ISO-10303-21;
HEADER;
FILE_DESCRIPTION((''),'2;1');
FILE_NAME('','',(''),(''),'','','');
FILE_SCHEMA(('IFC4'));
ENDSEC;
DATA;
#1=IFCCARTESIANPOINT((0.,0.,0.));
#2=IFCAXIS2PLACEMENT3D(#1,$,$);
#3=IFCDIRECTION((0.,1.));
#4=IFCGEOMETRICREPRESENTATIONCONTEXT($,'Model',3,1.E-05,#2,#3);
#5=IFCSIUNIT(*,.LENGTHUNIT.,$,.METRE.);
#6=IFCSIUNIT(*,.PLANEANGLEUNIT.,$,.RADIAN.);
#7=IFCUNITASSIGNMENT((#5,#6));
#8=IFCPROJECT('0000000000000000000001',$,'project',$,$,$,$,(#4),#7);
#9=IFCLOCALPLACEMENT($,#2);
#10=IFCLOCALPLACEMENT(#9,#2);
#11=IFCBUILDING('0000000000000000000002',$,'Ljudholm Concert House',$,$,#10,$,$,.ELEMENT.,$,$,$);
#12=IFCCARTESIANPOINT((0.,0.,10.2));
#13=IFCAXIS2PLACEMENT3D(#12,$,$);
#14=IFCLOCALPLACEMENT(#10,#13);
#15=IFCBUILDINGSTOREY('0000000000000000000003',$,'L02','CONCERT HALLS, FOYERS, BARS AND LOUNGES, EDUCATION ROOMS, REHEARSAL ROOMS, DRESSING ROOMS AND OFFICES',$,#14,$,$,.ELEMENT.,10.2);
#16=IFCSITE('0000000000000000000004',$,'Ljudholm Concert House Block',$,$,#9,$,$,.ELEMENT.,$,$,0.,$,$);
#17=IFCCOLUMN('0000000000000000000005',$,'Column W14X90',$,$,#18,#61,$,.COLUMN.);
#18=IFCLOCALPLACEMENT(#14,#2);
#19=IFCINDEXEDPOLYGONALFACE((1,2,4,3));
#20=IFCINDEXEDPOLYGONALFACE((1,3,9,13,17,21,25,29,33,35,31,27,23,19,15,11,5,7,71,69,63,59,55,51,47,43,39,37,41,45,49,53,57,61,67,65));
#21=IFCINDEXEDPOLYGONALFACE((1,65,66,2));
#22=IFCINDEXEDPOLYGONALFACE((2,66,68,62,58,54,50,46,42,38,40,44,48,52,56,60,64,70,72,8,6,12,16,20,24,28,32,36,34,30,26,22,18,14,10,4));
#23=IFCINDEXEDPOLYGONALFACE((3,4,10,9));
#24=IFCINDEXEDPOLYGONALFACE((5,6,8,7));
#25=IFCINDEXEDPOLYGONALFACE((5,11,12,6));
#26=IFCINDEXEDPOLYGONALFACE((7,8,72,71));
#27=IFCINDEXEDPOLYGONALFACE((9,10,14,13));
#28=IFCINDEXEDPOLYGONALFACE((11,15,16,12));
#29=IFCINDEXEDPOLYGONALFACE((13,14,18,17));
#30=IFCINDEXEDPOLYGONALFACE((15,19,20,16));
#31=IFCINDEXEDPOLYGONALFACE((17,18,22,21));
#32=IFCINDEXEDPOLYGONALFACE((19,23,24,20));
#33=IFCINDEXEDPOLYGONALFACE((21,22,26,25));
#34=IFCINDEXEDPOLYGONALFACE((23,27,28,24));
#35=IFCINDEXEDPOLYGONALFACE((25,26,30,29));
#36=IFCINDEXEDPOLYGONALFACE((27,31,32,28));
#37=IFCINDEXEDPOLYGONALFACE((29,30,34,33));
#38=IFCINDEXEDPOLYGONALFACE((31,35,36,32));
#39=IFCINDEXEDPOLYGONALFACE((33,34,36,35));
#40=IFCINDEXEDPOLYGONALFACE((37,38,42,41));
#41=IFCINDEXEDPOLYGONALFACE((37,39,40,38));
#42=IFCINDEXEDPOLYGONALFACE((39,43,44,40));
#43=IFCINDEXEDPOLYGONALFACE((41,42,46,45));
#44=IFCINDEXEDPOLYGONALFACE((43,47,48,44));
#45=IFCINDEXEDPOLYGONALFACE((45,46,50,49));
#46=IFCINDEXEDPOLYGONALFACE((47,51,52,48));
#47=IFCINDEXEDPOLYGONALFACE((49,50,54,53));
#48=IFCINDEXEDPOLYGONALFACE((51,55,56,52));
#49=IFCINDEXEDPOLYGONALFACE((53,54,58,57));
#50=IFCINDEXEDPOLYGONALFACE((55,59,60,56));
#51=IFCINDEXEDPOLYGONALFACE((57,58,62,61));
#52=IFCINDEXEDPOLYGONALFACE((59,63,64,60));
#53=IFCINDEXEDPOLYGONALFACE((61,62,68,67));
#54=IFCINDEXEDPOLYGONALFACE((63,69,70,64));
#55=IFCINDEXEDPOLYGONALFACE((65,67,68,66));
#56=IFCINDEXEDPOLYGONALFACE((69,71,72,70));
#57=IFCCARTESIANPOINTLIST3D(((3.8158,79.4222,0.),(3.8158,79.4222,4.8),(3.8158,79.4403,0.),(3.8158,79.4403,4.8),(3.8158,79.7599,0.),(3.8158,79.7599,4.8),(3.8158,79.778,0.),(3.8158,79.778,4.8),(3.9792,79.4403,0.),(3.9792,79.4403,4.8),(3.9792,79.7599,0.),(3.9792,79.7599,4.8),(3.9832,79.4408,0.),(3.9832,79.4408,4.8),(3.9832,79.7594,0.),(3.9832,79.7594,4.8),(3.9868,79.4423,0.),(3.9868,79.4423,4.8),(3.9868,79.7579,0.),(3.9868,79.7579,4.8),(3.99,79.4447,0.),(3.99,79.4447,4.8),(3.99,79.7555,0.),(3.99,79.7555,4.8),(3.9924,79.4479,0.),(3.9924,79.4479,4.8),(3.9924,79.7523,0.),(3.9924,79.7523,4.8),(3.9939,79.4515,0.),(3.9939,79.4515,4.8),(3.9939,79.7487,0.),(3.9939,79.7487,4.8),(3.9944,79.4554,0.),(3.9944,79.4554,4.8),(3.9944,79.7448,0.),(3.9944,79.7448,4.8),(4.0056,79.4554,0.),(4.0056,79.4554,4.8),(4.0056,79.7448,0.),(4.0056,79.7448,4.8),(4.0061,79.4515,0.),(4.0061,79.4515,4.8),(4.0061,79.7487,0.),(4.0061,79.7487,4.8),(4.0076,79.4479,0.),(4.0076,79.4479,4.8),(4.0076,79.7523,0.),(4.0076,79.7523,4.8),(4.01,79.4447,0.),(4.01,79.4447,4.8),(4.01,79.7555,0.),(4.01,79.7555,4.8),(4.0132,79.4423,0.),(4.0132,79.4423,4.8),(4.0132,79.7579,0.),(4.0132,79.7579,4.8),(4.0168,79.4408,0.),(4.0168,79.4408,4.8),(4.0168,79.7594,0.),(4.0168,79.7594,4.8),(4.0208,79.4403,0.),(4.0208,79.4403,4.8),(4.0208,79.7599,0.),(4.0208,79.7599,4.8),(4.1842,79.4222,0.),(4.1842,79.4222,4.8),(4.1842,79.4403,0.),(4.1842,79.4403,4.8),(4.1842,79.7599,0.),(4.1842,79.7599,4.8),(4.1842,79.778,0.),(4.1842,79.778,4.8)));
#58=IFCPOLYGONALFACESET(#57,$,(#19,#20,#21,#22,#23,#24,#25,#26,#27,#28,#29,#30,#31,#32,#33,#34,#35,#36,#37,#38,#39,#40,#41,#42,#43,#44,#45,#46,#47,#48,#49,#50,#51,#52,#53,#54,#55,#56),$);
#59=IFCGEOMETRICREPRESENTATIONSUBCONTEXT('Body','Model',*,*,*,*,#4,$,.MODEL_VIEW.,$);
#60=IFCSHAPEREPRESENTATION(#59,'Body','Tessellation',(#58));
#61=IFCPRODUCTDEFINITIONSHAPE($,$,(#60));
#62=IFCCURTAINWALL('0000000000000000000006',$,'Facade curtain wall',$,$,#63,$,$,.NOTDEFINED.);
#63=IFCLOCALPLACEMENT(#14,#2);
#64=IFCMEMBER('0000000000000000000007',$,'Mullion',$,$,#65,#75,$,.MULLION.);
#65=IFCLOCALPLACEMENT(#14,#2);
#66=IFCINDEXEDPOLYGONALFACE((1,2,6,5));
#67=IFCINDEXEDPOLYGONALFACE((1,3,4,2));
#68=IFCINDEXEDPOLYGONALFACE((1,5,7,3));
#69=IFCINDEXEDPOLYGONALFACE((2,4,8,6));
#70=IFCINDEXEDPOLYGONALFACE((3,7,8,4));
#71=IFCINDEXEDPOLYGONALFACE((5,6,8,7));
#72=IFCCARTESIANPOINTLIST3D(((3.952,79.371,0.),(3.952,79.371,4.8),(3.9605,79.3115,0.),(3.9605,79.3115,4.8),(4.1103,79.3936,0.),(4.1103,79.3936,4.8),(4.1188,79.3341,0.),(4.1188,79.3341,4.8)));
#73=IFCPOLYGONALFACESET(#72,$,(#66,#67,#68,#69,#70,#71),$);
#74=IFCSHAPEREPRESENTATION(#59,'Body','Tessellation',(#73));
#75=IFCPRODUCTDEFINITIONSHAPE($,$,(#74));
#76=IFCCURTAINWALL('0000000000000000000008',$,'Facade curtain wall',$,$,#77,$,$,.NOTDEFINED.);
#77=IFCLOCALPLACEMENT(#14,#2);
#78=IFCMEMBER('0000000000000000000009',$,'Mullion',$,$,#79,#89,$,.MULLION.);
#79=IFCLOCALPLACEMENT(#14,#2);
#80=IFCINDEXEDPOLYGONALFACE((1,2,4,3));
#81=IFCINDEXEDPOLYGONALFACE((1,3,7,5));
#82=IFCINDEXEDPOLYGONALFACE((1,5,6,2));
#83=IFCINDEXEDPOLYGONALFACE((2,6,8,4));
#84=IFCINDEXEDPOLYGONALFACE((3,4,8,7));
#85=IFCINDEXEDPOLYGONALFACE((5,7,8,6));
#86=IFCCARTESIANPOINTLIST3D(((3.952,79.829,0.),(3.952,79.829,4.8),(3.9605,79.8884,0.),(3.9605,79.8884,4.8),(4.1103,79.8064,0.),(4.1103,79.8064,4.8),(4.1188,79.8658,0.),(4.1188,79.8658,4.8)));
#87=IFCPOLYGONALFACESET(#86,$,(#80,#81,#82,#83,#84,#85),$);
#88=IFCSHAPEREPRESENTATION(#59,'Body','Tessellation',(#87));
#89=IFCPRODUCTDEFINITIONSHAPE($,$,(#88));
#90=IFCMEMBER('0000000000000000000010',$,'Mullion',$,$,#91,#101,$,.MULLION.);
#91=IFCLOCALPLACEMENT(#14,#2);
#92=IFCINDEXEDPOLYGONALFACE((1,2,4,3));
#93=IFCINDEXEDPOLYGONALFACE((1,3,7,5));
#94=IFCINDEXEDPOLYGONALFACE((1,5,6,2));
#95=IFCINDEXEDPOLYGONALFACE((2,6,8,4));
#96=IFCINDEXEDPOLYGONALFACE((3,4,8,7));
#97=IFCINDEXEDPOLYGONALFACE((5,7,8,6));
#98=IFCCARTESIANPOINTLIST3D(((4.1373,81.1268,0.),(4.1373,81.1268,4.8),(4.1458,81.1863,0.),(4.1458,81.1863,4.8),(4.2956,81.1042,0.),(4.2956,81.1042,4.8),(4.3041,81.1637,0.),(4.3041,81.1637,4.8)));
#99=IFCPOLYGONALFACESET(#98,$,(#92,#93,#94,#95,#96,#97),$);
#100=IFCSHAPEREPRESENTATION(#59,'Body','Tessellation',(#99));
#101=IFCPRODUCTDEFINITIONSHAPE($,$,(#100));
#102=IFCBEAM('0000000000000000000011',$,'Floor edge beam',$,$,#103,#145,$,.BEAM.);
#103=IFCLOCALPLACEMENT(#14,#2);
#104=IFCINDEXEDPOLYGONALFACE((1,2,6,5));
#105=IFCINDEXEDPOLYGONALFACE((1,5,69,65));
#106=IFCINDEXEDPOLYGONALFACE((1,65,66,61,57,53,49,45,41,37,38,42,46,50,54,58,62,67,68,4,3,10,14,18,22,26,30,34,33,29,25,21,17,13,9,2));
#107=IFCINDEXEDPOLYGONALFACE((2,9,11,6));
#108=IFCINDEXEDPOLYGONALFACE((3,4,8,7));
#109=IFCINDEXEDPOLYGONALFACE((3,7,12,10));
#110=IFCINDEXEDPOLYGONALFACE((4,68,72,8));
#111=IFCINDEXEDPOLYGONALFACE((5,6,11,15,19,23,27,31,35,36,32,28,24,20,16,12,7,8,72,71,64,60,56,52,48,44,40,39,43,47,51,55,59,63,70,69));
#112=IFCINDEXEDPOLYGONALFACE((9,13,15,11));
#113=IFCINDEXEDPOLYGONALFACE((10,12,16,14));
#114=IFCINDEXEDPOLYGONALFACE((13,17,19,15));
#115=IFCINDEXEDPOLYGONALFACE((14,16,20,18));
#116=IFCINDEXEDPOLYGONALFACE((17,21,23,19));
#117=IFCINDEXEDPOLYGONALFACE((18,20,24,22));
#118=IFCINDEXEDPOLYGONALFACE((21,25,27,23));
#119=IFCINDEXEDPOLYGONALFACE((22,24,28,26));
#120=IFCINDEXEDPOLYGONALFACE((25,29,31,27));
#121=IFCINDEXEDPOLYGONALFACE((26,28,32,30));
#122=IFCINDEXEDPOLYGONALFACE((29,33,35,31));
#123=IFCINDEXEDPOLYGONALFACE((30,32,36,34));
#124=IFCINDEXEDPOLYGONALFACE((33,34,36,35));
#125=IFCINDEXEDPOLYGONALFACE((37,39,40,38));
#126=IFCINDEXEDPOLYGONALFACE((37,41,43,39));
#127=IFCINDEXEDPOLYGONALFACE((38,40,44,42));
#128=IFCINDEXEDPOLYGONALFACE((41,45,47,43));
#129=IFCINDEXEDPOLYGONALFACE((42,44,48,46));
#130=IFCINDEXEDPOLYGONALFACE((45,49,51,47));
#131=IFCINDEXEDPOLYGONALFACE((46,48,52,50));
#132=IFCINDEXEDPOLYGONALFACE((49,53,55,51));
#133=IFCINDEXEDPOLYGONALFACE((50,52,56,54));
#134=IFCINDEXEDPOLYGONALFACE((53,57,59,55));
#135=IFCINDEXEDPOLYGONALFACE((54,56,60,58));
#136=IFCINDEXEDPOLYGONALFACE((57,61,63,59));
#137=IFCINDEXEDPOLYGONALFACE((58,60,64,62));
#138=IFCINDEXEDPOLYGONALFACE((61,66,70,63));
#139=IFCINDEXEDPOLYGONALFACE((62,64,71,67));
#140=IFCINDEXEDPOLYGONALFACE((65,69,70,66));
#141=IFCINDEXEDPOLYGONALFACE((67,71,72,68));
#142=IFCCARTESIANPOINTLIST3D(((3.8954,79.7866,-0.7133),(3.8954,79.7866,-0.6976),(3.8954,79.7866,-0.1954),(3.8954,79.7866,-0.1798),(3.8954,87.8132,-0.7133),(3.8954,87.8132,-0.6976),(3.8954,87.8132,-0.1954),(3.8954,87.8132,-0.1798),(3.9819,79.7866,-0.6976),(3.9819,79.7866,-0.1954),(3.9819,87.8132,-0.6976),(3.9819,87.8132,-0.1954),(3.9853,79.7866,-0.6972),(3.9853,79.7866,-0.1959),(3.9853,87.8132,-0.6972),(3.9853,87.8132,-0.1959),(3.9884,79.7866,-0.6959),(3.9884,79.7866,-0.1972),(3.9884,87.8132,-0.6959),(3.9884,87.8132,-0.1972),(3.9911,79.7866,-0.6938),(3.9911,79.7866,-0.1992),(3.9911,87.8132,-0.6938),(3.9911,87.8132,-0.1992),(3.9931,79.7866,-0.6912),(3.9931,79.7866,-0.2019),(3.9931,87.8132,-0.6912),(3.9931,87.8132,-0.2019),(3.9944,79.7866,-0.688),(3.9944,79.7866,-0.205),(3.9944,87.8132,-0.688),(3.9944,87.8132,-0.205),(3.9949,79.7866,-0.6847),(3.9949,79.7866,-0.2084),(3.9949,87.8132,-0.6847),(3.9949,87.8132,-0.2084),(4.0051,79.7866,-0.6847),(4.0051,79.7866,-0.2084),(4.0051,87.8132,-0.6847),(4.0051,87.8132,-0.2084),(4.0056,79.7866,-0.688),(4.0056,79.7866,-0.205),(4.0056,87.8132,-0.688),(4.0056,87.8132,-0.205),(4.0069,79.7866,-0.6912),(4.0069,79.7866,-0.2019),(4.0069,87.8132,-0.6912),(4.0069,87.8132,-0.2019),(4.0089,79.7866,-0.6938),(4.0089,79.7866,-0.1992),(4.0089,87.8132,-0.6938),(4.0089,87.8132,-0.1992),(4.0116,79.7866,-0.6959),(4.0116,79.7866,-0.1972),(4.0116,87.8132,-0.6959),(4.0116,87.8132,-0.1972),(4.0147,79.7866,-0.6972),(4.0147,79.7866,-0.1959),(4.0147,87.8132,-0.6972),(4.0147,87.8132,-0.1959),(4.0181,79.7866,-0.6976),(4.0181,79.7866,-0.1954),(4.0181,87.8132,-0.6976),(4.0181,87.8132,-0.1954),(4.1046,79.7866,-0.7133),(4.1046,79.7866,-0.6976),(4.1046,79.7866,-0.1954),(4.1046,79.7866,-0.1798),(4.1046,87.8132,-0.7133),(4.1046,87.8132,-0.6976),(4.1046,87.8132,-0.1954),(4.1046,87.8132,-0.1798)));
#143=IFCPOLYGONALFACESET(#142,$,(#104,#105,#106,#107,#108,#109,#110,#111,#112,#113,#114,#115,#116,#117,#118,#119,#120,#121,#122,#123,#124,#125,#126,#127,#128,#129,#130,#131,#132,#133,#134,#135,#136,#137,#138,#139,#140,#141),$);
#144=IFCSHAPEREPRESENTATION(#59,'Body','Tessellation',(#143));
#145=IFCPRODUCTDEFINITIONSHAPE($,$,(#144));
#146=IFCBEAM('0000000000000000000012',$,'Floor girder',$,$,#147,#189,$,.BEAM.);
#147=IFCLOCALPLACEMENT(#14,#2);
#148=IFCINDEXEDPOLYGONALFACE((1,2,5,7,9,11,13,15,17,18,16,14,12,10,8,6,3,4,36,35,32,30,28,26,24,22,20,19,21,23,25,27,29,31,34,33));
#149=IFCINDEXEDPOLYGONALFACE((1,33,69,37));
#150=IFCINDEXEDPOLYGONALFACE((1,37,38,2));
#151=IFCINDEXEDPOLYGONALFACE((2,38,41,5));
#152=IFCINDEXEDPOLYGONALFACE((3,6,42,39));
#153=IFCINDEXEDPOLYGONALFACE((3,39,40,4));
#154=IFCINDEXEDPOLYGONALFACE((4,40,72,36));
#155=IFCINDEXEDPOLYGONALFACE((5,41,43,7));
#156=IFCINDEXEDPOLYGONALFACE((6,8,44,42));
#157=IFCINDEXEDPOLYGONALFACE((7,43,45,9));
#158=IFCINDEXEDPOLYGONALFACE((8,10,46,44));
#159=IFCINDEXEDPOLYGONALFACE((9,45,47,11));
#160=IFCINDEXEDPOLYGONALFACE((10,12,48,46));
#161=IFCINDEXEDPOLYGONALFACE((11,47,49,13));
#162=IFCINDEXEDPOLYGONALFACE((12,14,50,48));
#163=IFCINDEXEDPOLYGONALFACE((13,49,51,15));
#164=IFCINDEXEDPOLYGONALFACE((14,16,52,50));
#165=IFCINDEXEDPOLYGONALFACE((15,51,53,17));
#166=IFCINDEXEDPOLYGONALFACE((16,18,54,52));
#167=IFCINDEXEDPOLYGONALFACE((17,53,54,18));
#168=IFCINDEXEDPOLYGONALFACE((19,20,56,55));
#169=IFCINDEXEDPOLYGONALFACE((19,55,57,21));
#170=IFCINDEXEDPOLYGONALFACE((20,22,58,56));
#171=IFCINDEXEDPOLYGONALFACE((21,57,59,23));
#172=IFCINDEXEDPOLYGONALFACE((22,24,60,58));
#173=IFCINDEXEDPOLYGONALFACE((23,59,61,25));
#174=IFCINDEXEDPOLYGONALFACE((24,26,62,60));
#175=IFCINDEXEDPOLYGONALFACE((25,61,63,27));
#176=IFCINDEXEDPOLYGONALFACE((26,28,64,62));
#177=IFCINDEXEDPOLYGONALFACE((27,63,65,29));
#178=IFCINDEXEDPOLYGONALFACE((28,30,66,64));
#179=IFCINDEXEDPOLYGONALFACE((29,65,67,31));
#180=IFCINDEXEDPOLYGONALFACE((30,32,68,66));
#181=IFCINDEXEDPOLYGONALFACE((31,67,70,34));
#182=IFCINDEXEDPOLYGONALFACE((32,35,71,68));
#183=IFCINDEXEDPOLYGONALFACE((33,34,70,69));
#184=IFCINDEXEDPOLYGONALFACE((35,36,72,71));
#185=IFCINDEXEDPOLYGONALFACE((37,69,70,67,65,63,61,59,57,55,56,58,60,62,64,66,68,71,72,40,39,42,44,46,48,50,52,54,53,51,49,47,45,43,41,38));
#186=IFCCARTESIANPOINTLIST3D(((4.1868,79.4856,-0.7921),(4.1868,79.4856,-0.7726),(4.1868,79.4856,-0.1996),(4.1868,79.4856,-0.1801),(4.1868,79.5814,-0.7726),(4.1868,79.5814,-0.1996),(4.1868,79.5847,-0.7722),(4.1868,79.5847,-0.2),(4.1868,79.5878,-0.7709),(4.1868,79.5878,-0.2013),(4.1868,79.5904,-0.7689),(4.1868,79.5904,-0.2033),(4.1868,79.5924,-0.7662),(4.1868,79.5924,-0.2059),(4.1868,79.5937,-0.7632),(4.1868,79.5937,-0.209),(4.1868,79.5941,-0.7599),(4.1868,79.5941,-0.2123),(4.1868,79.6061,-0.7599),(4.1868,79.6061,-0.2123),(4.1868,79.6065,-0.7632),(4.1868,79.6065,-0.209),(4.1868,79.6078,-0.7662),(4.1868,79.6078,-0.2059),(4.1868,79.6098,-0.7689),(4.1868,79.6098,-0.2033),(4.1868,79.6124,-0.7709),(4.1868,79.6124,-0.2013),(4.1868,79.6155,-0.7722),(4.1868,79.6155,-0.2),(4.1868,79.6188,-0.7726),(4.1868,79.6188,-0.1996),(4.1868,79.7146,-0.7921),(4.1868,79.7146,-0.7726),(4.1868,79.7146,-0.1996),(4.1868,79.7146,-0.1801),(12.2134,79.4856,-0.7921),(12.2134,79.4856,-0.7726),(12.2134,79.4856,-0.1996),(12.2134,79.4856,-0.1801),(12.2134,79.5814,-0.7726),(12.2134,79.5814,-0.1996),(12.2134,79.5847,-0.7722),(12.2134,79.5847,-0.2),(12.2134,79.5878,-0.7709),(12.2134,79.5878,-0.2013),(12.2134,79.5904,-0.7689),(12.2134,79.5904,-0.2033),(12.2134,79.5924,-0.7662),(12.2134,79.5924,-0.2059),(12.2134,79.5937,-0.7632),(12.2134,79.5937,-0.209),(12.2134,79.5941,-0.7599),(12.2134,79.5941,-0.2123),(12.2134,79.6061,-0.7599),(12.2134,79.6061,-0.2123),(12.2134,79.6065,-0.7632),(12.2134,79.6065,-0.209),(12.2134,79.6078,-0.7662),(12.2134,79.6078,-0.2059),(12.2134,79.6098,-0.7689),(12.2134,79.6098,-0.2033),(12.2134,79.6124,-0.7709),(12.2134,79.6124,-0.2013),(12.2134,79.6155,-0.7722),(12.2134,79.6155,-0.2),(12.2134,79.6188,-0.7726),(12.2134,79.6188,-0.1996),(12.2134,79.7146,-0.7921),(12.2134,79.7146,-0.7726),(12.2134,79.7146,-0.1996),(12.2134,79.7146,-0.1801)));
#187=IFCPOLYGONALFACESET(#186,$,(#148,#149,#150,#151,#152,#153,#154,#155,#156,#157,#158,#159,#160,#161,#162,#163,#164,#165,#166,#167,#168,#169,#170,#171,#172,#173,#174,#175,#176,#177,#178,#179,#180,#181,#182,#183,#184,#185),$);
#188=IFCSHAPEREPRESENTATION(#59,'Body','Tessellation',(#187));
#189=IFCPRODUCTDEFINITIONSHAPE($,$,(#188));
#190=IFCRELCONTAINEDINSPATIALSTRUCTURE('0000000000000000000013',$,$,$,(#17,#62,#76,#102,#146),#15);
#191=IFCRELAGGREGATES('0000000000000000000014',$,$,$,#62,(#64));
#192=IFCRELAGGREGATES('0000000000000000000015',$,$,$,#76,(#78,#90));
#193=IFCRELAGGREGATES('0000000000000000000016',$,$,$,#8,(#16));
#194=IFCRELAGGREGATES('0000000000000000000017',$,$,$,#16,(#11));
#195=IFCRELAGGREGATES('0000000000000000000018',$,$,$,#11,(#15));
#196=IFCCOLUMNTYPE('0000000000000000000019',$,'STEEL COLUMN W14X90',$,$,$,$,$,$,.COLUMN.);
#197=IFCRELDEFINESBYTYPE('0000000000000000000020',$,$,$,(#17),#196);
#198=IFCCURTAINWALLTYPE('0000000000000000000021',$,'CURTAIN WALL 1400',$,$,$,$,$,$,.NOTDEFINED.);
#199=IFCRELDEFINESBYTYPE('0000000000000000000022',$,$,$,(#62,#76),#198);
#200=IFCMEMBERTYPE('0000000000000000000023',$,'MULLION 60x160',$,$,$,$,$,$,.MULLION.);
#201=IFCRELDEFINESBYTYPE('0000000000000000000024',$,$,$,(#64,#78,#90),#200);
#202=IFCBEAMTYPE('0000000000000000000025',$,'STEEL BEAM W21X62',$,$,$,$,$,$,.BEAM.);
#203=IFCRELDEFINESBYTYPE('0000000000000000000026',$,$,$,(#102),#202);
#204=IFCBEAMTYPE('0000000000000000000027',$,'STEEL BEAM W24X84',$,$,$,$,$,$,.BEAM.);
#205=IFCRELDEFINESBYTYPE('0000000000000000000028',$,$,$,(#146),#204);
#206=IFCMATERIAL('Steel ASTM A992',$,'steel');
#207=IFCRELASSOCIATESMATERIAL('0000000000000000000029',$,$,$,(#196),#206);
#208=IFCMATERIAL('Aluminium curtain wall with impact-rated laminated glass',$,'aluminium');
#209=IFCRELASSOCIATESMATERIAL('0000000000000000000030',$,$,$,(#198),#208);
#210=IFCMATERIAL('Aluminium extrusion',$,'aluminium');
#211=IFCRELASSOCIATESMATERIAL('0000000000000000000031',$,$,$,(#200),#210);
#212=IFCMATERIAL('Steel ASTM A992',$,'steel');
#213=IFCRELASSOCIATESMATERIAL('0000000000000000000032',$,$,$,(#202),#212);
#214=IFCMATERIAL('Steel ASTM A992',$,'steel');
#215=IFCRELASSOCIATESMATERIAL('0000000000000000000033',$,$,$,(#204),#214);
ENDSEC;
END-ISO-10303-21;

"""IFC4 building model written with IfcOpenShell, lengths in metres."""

from ifc_helpers import new_model, si_unit, direction, frame, origin, origin_2d, place, context, subcontext, project, spatial, rectangle, i_section, extrude, material, material_profile, profile_set, type_object, element, aggregate, save


model = new_model("IFC4")

# Units and contexts
model_context = context("Model", 3, precision=1e-05, world=origin(), true_north=direction((0.0, 1.0)))
body_context = subcontext(model_context, "Body", "Model", "MODEL_VIEW")
ifc_project = project(units=[si_unit("LENGTHUNIT", "METRE"), si_unit("PLANEANGLEUNIT", "RADIAN")], contexts=[model_context])

# Site, building, storey
site_placement = place(None, origin())
site = spatial("IfcSite", under=ifc_project, at=site_placement, Name="Ljudholm Concert House Block", CompositionType="ELEMENT", RefElevation=0.0)
building_placement = place(site_placement, origin())
building = spatial("IfcBuilding", under=site, at=building_placement, Name="Ljudholm Concert House", CompositionType="ELEMENT")
storey_placement = place(building_placement, frame((0.0, 0.0, 10.2)))
storey = spatial("IfcBuildingStorey", under=building, at=storey_placement, Name="L02", Description="CONCERT HALLS, FOYERS, BARS AND LOUNGES, EDUCATION ROOMS, REHEARSAL ROOMS, DRESSING ROOMS AND OFFICES", CompositionType="ELEMENT", Elevation=10.2)

# Column
ifc_material_1 = material(Name="Steel ASTM A992", Category="steel")
ifc_material_profile_1 = material_profile(ifc_material_1, i_section(OverallWidth=0.3684, OverallDepth=0.3557, WebThickness=0.0112, FlangeThickness=0.0181, FilletRadius=0.0151, at=origin_2d()), Name="W14X90")
ifc_profile_set_1 = profile_set([ifc_material_profile_1], Name="Steel ASTM A992")
column_type = type_object("IfcColumnType", Name="STEEL COLUMN W14X90", PredefinedType="COLUMN", material=ifc_profile_set_1)
column_placement = place(storey_placement, frame((4.0, 79.6001, 0.0), z_axis=(0.0, 0.0, 1.0), x_axis=(1.0, 0.0, 0.0)))
element("IfcColumn", 1, at=column_placement, inside=storey, type_object=column_type, Name="Column W14X90", PredefinedType="COLUMN", context=body_context, shape_type="SweptSolid", body=[
    extrude(i_section(OverallWidth=0.3684, OverallDepth=0.3557, WebThickness=0.0112, FlangeThickness=0.0181, FilletRadius=0.0151, at=origin_2d()), origin(), (0.0, 0.0, 1.0), 4.8),
])

# Curtain wall, member
ifc_material_2 = material(Name="Aluminium curtain wall with impact-rated laminated glass", Category="aluminium")
curtain_wall_type = type_object("IfcCurtainWallType", Name="CURTAIN WALL 1400", PredefinedType="NOTDEFINED", material=ifc_material_2)
curtain_wall_1_placement = place(storey_placement, origin())
curtain_wall_1 = element("IfcCurtainWall", 2, at=curtain_wall_1_placement, inside=storey, type_object=curtain_wall_type, Name="Facade curtain wall", PredefinedType="NOTDEFINED")
ifc_material_3 = material(Name="Aluminium extrusion", Category="aluminium")
ifc_material_profile_2 = material_profile(ifc_material_3, rectangle(XDim=0.1599, YDim=0.0601, at=origin_2d()), Name="MULLION 60x160")
ifc_profile_set_2 = profile_set([ifc_material_profile_2], Name="Aluminium extrusion")
member_type_1 = type_object("IfcMemberType", Name="MULLION 60x160", PredefinedType="MULLION", material=ifc_profile_set_2)
member_1_placement = place(storey_placement, frame((4.0354, 79.3525, 0.0), z_axis=(0.0, 0.0, 1.0), x_axis=(-0.989949, -0.141421, 0.0)))
member_1 = element("IfcMember", 3, at=member_1_placement, type_object=member_type_1, Name="Mullion", PredefinedType="MULLION", context=body_context, shape_type="SweptSolid", body=[
    extrude(rectangle(XDim=0.1599, YDim=0.0601, at=origin_2d()), origin(), (0.0, 0.0, 1.0), 4.8),
])

# Curtain wall, members
curtain_wall_2_placement = place(storey_placement, origin())
curtain_wall_2 = element("IfcCurtainWall", 4, at=curtain_wall_2_placement, inside=storey, type_object=curtain_wall_type, Name="Facade curtain wall", PredefinedType="NOTDEFINED")
member_2_placement = place(storey_placement, frame((4.0354, 79.8474, 0.0), z_axis=(0.0, 0.0, 1.0), x_axis=(-0.989949, 0.141421, 0.0)))
member_2 = element("IfcMember", 5, at=member_2_placement, type_object=member_type_1, Name="Mullion", PredefinedType="MULLION", context=body_context, shape_type="SweptSolid", body=[
    extrude(rectangle(XDim=0.1599, YDim=0.0601, at=origin_2d()), origin(), (0.0, 0.0, 1.0), 4.8),
])
member_3_placement = place(storey_placement, frame((4.2207, 81.1453, 0.0), z_axis=(0.0, 0.0, 1.0), x_axis=(-0.989949, 0.141421, 0.0)))
member_3 = element("IfcMember", 6, at=member_3_placement, type_object=member_type_1, Name="Mullion", PredefinedType="MULLION", context=body_context, shape_type="SweptSolid", body=[
    extrude(rectangle(XDim=0.1599, YDim=0.0601, at=origin_2d()), origin(), (0.0, 0.0, 1.0), 4.8),
])

# Beams
ifc_material_4 = material(Name="Steel ASTM A992", Category="steel")
ifc_material_profile_3 = material_profile(ifc_material_4, i_section(OverallWidth=0.2092, OverallDepth=0.5334, WebThickness=0.0103, FlangeThickness=0.0156, FilletRadius=0.0129, at=origin_2d()), Name="W21X62")
ifc_profile_set_3 = profile_set([ifc_material_profile_3], Name="Steel ASTM A992")
beam_type_1 = type_object("IfcBeamType", Name="STEEL BEAM W21X62", PredefinedType="BEAM", material=ifc_profile_set_3)
beam_1_placement = place(storey_placement, frame((4.0, 79.7866, -0.4465), z_axis=(0.0, 1.0, 0.0), x_axis=(-1.0, 0.0, 0.0)))
element("IfcBeam", 7, at=beam_1_placement, inside=storey, type_object=beam_type_1, Name="Floor edge beam", PredefinedType="BEAM", context=body_context, shape_type="SweptSolid", body=[
    extrude(i_section(OverallWidth=0.2092, OverallDepth=0.5334, WebThickness=0.0103, FlangeThickness=0.0156, FilletRadius=0.0129, at=origin_2d()), origin(), (0.0, 0.0, 1.0), 8.0266),
])
ifc_material_5 = material(Name="Steel ASTM A992", Category="steel")
ifc_material_profile_4 = material_profile(ifc_material_5, i_section(OverallWidth=0.229, OverallDepth=0.6121, WebThickness=0.012, FlangeThickness=0.0195, FilletRadius=0.0127, at=origin_2d()), Name="W24X84")
ifc_profile_set_4 = profile_set([ifc_material_profile_4], Name="Steel ASTM A992")
beam_type_2 = type_object("IfcBeamType", Name="STEEL BEAM W24X84", PredefinedType="BEAM", material=ifc_profile_set_4)
beam_2_placement = place(storey_placement, frame((4.1868, 79.6001, -0.4861), z_axis=(1.0, 0.0, 0.0), x_axis=(0.0, 1.0, 0.0)))
element("IfcBeam", 8, at=beam_2_placement, inside=storey, type_object=beam_type_2, Name="Floor girder", PredefinedType="BEAM", context=body_context, shape_type="SweptSolid", body=[
    extrude(i_section(OverallWidth=0.229, OverallDepth=0.6121, WebThickness=0.012, FlangeThickness=0.0195, FilletRadius=0.0127, at=origin_2d()), origin(), (0.0, 0.0, 1.0), 8.0266),
])

aggregate(curtain_wall_1, [member_1])
aggregate(curtain_wall_2, [member_2, member_3])

save(model, "model.ifc")
